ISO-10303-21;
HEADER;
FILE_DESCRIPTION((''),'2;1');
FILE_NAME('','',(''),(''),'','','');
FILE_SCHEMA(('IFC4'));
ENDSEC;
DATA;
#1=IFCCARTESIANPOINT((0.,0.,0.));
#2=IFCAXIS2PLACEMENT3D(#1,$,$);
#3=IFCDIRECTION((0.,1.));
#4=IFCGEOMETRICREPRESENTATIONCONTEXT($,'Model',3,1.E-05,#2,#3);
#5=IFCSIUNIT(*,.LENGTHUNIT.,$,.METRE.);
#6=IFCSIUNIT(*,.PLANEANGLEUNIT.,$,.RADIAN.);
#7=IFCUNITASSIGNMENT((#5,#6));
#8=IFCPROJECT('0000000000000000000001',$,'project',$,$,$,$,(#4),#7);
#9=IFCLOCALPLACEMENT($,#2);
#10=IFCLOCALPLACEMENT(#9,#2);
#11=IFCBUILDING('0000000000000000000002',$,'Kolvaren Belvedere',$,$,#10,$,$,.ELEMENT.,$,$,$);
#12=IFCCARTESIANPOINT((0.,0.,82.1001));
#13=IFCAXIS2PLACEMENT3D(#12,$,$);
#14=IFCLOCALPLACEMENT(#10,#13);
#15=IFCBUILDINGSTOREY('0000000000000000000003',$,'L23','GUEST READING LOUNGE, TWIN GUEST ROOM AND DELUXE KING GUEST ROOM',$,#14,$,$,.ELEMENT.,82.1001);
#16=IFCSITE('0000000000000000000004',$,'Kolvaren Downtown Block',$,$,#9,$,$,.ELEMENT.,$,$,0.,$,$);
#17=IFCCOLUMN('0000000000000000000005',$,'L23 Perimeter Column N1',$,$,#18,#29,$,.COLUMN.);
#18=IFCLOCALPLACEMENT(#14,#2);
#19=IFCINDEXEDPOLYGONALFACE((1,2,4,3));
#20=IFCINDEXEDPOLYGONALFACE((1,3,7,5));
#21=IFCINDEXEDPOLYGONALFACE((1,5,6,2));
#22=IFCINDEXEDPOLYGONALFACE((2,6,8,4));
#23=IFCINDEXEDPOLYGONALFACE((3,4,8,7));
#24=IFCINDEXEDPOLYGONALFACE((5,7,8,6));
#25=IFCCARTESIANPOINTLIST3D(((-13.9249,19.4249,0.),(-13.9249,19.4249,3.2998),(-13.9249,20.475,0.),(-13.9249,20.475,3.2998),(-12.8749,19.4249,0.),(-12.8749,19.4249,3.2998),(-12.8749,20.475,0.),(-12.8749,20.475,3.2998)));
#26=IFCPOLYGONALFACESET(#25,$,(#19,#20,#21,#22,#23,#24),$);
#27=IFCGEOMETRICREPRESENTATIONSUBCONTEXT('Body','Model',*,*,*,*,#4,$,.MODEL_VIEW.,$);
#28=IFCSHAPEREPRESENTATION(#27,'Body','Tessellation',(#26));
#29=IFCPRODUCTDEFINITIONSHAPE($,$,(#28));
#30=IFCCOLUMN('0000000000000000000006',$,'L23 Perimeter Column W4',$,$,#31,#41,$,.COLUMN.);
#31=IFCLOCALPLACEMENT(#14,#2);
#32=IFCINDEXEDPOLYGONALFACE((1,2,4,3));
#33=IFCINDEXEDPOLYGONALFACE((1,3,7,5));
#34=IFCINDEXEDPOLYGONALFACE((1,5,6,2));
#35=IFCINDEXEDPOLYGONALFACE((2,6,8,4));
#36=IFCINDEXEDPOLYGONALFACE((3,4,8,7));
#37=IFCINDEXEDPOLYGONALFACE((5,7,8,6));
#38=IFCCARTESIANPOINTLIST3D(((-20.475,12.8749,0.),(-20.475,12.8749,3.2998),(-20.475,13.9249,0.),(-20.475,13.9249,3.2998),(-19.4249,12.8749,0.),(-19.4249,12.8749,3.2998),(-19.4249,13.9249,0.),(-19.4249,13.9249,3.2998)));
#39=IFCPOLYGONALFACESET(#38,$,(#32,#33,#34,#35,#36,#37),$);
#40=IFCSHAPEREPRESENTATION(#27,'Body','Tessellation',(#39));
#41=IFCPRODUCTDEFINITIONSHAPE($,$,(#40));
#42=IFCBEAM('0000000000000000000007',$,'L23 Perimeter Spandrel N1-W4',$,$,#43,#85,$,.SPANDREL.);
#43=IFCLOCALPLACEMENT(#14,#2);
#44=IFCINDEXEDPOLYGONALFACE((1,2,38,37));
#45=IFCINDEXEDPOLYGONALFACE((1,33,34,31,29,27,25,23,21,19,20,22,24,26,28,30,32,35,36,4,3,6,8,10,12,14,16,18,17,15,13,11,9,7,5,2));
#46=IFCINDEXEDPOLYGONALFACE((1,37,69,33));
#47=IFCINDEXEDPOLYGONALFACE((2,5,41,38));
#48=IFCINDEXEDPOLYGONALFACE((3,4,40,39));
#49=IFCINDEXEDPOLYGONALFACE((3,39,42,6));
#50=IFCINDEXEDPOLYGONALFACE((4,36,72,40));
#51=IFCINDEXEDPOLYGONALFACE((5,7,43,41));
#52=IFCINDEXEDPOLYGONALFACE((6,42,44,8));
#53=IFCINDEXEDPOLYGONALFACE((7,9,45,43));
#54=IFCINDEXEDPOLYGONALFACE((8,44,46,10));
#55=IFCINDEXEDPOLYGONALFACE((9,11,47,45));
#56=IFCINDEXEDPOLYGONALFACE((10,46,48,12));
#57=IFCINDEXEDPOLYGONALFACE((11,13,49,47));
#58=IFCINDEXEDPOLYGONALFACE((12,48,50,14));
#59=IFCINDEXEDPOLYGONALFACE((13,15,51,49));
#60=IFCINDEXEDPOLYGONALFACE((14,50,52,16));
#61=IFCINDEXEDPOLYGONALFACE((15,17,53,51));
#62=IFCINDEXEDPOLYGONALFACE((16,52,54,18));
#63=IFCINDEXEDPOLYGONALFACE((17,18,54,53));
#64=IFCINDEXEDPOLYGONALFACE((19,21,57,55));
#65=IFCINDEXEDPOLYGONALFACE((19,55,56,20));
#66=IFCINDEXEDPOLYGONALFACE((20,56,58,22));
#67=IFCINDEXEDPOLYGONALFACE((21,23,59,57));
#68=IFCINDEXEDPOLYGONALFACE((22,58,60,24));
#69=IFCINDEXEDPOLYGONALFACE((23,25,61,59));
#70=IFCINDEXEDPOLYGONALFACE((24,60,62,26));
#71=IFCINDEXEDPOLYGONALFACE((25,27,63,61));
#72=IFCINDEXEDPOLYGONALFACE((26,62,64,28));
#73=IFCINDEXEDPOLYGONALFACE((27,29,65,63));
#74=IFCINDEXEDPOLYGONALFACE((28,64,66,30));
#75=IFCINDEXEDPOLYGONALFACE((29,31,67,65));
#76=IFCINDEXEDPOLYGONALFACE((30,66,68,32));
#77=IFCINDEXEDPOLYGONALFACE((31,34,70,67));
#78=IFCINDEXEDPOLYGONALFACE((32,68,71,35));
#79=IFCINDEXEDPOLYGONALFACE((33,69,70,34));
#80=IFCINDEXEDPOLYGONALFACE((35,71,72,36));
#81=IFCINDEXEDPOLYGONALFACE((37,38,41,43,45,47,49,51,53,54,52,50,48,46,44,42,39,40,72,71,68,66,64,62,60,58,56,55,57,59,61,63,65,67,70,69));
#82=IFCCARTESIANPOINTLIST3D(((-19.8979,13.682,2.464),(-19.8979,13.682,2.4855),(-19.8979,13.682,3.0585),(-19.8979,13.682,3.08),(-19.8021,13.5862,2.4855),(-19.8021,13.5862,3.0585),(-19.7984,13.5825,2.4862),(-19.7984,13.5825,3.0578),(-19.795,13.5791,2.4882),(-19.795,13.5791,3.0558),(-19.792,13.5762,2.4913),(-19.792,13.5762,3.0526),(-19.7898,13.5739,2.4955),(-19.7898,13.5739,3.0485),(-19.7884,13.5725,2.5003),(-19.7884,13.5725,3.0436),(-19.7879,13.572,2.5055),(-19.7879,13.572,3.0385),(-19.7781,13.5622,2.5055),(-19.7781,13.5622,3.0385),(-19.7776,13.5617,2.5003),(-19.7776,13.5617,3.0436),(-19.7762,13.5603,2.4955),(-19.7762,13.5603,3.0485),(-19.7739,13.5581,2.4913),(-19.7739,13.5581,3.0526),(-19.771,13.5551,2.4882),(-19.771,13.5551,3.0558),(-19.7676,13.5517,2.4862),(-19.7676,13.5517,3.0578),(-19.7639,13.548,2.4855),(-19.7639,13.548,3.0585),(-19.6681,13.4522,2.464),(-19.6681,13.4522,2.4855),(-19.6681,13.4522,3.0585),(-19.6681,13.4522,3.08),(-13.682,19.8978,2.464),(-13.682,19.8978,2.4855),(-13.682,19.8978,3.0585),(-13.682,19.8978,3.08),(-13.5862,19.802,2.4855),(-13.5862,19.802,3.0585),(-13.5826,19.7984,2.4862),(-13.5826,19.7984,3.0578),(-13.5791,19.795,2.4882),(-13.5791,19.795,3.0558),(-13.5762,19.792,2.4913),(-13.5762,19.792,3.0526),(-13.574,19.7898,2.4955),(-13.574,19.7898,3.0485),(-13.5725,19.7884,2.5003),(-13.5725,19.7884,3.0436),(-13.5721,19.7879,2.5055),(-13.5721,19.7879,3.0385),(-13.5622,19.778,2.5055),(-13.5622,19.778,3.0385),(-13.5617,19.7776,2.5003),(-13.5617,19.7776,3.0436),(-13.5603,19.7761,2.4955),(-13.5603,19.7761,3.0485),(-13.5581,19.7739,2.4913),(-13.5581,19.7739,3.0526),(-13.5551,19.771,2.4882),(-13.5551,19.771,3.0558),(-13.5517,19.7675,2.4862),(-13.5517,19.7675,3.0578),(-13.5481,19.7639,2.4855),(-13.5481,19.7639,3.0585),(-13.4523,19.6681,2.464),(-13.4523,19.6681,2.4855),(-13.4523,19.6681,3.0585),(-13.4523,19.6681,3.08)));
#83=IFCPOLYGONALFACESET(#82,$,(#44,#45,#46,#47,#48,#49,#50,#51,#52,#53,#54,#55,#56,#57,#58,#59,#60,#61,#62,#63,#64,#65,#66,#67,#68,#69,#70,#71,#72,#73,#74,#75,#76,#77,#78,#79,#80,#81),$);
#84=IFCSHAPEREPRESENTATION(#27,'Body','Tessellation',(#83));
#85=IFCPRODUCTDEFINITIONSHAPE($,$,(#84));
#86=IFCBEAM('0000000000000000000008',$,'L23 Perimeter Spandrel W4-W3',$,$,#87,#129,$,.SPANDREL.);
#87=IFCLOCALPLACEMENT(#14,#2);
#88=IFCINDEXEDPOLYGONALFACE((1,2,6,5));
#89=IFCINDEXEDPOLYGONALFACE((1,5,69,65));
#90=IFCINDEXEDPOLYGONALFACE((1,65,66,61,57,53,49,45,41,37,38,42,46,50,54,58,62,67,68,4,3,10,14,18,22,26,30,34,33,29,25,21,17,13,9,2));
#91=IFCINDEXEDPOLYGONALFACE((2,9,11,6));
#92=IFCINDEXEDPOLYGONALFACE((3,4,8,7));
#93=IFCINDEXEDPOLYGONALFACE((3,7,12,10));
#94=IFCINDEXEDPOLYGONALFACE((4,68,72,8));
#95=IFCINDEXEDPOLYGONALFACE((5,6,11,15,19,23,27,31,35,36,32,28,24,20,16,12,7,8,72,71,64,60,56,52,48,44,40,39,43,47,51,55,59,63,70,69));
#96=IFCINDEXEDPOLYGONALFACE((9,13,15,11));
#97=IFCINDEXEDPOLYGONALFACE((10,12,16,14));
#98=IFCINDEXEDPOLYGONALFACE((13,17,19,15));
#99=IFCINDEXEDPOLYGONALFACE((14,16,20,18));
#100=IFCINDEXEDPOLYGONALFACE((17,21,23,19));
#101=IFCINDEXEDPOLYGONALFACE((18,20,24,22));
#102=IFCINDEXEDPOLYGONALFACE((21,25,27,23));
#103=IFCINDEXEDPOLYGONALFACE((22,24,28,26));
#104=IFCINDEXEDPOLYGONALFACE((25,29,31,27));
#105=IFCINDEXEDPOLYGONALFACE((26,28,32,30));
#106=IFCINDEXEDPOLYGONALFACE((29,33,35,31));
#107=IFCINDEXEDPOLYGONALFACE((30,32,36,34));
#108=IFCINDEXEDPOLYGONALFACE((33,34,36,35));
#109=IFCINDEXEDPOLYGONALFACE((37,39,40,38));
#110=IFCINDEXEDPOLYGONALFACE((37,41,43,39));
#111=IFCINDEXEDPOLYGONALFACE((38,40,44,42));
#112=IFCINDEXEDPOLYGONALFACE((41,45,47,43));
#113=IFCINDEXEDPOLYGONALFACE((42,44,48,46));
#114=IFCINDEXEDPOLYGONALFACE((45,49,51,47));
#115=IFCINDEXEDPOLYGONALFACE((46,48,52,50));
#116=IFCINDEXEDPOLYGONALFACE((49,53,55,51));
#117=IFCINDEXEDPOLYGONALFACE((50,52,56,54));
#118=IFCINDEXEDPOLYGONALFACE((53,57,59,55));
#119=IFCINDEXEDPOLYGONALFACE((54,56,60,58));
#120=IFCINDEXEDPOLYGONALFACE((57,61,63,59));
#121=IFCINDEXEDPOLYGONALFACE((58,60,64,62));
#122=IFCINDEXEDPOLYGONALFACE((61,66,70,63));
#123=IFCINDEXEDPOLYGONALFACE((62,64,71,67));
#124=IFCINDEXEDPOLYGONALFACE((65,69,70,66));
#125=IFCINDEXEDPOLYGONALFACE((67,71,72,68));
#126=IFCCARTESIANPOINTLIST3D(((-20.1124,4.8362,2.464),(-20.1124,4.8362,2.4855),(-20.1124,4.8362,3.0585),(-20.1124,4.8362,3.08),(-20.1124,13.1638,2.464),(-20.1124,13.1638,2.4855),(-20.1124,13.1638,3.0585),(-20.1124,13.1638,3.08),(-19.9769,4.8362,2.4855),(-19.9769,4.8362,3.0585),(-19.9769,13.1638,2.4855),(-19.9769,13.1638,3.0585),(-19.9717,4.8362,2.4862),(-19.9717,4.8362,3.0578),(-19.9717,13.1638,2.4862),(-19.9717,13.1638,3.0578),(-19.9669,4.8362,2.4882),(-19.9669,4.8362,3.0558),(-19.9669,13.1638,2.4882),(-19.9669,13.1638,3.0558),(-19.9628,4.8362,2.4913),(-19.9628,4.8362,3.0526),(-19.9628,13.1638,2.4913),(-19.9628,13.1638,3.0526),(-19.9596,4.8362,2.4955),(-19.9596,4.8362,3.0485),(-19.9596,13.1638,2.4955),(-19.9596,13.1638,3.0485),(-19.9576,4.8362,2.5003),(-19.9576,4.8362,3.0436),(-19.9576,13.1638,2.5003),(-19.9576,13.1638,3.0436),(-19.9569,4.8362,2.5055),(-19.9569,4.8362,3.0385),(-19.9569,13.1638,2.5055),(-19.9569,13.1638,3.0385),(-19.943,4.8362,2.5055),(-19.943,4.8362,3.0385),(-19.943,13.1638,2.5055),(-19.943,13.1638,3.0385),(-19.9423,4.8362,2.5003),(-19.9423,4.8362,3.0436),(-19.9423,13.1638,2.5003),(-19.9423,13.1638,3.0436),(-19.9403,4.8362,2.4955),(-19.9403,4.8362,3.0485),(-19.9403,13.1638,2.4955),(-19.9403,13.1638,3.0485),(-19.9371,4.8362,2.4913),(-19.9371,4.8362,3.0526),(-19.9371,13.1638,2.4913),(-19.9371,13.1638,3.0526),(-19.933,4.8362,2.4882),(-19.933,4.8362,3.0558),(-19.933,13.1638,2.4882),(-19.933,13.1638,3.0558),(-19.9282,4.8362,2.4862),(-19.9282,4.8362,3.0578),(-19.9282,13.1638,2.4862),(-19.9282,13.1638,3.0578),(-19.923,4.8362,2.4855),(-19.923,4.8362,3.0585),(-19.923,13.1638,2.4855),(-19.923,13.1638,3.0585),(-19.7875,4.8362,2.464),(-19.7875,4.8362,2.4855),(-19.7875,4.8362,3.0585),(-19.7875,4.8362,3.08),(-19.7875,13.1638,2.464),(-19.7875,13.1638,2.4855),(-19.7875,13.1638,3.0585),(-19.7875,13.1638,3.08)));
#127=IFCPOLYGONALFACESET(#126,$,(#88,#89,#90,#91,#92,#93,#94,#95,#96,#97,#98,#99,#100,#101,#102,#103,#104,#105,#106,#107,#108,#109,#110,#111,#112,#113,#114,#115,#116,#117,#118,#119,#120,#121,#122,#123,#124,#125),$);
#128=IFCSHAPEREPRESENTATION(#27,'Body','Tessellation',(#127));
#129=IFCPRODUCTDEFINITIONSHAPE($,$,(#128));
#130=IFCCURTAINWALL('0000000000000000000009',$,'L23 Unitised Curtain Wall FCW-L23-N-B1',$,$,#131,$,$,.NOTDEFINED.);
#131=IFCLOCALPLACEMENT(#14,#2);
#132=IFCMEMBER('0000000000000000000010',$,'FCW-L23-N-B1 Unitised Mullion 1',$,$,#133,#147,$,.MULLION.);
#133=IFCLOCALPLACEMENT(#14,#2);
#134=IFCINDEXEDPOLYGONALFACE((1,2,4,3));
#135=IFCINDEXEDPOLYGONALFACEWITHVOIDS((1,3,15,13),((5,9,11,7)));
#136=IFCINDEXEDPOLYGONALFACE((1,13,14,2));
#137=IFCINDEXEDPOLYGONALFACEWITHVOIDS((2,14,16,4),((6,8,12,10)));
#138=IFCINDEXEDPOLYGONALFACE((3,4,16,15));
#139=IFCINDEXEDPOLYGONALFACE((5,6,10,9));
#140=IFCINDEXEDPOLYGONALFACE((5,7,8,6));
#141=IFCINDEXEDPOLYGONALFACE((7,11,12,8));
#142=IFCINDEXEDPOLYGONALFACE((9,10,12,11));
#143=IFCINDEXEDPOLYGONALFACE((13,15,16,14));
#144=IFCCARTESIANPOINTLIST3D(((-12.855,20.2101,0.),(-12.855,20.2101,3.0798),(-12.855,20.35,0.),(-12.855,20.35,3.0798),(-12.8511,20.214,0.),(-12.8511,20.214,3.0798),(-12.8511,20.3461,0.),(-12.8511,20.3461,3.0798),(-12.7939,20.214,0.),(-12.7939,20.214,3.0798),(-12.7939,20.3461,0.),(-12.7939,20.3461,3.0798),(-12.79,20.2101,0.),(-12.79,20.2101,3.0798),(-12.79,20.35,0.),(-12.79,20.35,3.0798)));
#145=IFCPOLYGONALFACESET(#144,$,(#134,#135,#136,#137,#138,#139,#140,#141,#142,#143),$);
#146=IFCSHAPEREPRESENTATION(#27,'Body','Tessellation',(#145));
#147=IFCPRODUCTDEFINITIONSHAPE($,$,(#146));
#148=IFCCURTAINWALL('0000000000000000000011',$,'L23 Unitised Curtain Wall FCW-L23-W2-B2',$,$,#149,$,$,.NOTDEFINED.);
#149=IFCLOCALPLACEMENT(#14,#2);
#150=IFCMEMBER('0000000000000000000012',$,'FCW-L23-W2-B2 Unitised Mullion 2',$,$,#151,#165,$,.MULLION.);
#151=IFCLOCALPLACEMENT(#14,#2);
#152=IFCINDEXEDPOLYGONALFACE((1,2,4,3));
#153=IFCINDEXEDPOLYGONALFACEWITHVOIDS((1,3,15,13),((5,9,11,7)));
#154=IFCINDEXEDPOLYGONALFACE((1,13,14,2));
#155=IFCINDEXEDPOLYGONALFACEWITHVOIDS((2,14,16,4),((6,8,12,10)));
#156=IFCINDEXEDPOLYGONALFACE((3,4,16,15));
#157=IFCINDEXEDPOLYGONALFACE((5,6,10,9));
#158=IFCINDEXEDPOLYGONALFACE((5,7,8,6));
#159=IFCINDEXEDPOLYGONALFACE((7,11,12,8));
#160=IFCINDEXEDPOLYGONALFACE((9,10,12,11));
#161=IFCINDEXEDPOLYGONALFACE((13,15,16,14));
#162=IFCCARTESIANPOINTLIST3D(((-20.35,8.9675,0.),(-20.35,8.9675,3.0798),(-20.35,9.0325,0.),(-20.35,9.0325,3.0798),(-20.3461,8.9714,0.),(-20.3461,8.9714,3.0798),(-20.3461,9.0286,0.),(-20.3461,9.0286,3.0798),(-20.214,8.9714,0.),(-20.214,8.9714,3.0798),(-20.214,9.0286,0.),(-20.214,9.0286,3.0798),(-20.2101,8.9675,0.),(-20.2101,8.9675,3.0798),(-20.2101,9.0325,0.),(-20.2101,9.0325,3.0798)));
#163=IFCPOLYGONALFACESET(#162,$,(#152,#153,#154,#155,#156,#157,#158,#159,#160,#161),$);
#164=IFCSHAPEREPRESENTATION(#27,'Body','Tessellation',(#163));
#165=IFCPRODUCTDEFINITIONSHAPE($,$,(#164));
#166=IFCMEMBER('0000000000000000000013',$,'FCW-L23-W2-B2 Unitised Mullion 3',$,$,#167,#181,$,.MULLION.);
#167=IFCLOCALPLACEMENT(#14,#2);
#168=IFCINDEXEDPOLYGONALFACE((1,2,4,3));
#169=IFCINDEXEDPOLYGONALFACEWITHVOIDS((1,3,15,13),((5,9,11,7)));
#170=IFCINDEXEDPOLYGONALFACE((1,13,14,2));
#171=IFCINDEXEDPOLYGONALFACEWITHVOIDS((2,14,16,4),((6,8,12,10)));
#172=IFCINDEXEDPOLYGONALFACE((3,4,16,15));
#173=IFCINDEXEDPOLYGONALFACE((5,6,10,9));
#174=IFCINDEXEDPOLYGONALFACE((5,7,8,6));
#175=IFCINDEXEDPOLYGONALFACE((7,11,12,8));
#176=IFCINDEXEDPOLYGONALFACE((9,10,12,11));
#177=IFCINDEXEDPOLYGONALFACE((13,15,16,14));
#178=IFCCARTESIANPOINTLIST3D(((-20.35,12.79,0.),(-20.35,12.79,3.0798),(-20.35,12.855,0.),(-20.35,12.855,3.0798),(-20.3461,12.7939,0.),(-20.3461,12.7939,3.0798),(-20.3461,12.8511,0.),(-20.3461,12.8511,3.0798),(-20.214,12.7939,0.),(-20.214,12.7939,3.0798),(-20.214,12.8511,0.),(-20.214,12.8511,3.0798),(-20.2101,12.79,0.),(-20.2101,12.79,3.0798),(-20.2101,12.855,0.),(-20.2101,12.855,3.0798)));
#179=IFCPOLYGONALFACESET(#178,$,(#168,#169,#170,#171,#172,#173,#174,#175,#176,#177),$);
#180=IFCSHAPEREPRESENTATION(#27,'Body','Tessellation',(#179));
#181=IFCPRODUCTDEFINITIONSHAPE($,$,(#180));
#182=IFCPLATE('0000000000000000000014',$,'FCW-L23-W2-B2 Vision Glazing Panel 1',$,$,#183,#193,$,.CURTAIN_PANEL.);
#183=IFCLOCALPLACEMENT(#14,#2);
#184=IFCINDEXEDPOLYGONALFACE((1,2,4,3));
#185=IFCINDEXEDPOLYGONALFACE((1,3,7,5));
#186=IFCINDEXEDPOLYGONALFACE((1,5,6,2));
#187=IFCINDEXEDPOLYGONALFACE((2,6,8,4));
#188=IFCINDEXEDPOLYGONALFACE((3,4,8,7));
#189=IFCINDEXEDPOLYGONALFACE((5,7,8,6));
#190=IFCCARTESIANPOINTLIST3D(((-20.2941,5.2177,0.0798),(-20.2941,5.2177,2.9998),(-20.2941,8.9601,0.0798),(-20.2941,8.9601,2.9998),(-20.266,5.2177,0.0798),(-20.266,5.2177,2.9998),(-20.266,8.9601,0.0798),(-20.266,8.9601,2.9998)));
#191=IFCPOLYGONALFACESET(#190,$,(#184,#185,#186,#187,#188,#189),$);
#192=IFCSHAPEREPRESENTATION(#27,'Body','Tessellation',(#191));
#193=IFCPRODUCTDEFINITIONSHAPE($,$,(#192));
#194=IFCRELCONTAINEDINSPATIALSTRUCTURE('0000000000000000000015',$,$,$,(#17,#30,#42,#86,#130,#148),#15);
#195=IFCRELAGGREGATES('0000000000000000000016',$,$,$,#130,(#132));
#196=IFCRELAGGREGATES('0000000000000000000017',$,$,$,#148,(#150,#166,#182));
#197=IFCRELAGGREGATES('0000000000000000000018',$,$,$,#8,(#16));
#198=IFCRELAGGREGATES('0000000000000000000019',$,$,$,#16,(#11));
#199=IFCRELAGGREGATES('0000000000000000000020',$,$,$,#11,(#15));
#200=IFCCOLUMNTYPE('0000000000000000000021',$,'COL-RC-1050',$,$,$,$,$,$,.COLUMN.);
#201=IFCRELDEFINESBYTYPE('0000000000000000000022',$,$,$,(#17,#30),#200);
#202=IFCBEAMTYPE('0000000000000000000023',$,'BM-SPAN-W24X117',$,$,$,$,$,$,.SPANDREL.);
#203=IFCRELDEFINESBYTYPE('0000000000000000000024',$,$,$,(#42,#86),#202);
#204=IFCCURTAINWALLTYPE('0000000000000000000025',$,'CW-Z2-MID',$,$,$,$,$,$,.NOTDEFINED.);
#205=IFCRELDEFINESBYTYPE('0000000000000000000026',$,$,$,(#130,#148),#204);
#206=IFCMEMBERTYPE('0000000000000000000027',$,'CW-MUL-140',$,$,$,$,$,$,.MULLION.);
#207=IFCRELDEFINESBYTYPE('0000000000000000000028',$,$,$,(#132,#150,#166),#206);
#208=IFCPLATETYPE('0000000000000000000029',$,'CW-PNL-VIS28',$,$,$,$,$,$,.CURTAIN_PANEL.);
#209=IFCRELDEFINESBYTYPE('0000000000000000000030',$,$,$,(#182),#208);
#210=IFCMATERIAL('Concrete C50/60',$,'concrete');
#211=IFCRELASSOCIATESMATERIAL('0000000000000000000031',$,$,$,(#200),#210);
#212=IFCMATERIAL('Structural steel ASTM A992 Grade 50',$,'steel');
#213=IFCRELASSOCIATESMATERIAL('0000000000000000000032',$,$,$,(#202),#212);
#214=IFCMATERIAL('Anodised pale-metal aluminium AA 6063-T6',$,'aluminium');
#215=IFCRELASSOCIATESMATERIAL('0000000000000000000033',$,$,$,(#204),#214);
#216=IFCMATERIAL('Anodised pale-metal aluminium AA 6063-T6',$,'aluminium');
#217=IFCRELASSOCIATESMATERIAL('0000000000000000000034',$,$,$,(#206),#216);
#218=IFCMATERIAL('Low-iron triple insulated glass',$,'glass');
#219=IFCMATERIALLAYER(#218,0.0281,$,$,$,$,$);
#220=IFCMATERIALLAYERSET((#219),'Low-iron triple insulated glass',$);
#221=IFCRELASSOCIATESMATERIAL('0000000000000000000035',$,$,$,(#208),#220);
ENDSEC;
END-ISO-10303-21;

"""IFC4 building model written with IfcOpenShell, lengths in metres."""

from ifc_helpers import new_model, si_unit, direction, frame, origin, origin_2d, place, context, subcontext, project, spatial, rectangle, hollow_rectangle, i_section, extrude, material, layer, layer_set, material_profile, profile_set, type_object, element, aggregate, save


model = new_model("IFC4")

# Units and contexts
model_context = context("Model", 3, precision=1e-05, world=origin(), true_north=direction((0.0, 1.0)))
body_context = subcontext(model_context, "Body", "Model", "MODEL_VIEW")
ifc_project = project(units=[si_unit("LENGTHUNIT", "METRE"), si_unit("PLANEANGLEUNIT", "RADIAN")], contexts=[model_context])

# Site, building, storey
site_placement = place(None, origin())
site = spatial("IfcSite", under=ifc_project, at=site_placement, Name="Kolvaren Downtown Block", CompositionType="ELEMENT", RefElevation=0.0)
building_placement = place(site_placement, origin())
building = spatial("IfcBuilding", under=site, at=building_placement, Name="Kolvaren Belvedere", CompositionType="ELEMENT")
storey_placement = place(building_placement, frame((0.0, 0.0, 82.1001)))
storey = spatial("IfcBuildingStorey", under=building, at=storey_placement, Name="L23", Description="GUEST READING LOUNGE, TWIN GUEST ROOM AND DELUXE KING GUEST ROOM", CompositionType="ELEMENT", Elevation=82.1001)

# Columns
ifc_material_1 = material(Name="Concrete C50/60", Category="concrete")
ifc_material_profile_1 = material_profile(ifc_material_1, rectangle(XDim=1.05, YDim=1.05, at=origin_2d()), Name="RC 1050X1050")
ifc_profile_set_1 = profile_set([ifc_material_profile_1], Name="Concrete C50/60")
column_type = type_object("IfcColumnType", Name="COL-RC-1050", PredefinedType="COLUMN", material=ifc_profile_set_1)
for number, where, z_axis, x_axis, name in (
    (1, (-13.3999, 19.95, 0.0), (0.0, 0.0, 1.0), (1.0, 0.0, 0.0), "L23 Perimeter Column N1"),
    (2, (-19.95, 13.3999, 0.0), (0.0, 0.0, 1.0), (1.0, 0.0, 0.0), "L23 Perimeter Column W4"),
):
    element("IfcColumn", number, at=place(storey_placement, frame(where, z_axis=z_axis, x_axis=x_axis)), inside=storey, type_object=column_type, Name=name, PredefinedType="COLUMN", context=body_context, shape_type="SweptSolid", body=[
        extrude(rectangle(XDim=1.05, YDim=1.05, at=origin_2d()), origin(), (0.0, 0.0, 1.0), 3.2998),
    ])

# Beams
ifc_material_2 = material(Name="Structural steel ASTM A992 Grade 50", Category="steel")
ifc_material_profile_2 = material_profile(ifc_material_2, i_section(OverallWidth=0.325, OverallDepth=0.616, WebThickness=0.0139, FlangeThickness=0.0215, FilletRadius=0.02, at=origin_2d()), Name="W24X117")
ifc_profile_set_2 = profile_set([ifc_material_profile_2], Name="Structural steel ASTM A992 Grade 50")
beam_type = type_object("IfcBeamType", Name="BM-SPAN-W24X117", PredefinedType="SPANDREL", material=ifc_profile_set_2)
beam_1_placement = place(storey_placement, frame((-13.5671, 19.783, 2.772), z_axis=(-0.707107, -0.707107, 0.0), x_axis=(0.707107, -0.707107, 0.0)))
element("IfcBeam", 3, at=beam_1_placement, inside=storey, type_object=beam_type, Name="L23 Perimeter Spandrel N1-W4", PredefinedType="SPANDREL", context=body_context, shape_type="SweptSolid", body=[
    extrude(i_section(OverallWidth=0.325, OverallDepth=0.616, WebThickness=0.0139, FlangeThickness=0.0215, FilletRadius=0.02, at=origin_2d()), origin(), (0.0, 0.0, 1.0), 8.7905),
])
beam_2_placement = place(storey_placement, frame((-19.95, 13.1638, 2.772), z_axis=(0.0, -1.0, 0.0), x_axis=(1.0, 0.0, 0.0)))
element("IfcBeam", 4, at=beam_2_placement, inside=storey, type_object=beam_type, Name="L23 Perimeter Spandrel W4-W3", PredefinedType="SPANDREL", context=body_context, shape_type="SweptSolid", body=[
    extrude(i_section(OverallWidth=0.325, OverallDepth=0.616, WebThickness=0.0139, FlangeThickness=0.0215, FilletRadius=0.02, at=origin_2d()), origin(), (0.0, 0.0, 1.0), 8.3276),
])

# Curtain wall, member
ifc_material_3 = material(Name="Anodised pale-metal aluminium AA 6063-T6", Category="aluminium")
curtain_wall_type = type_object("IfcCurtainWallType", Name="CW-Z2-MID", PredefinedType="NOTDEFINED", material=ifc_material_3)
curtain_wall_1_placement = place(storey_placement, origin())
curtain_wall_1 = element("IfcCurtainWall", 5, at=curtain_wall_1_placement, inside=storey, type_object=curtain_wall_type, Name="L23 Unitised Curtain Wall FCW-L23-N-B1", PredefinedType="NOTDEFINED")
ifc_material_4 = material(Name="Anodised pale-metal aluminium AA 6063-T6", Category="aluminium")
ifc_material_profile_3 = material_profile(ifc_material_4, hollow_rectangle(XDim=0.0649, YDim=0.1399, WallThickness=0.0039, at=origin_2d()), Name="ALU-MUL-140X65")
ifc_profile_set_3 = profile_set([ifc_material_profile_3], Name="Anodised pale-metal aluminium AA 6063-T6")
member_type = type_object("IfcMemberType", Name="CW-MUL-140", PredefinedType="MULLION", material=ifc_profile_set_3)
member_1_placement = place(storey_placement, frame((-12.8225, 20.28, 0.0), z_axis=(0.0, 0.0, 1.0), x_axis=(1.0, 0.0, 0.0)))
member_1 = element("IfcMember", 6, at=member_1_placement, type_object=member_type, Name="FCW-L23-N-B1 Unitised Mullion 1", PredefinedType="MULLION", context=body_context, shape_type="SweptSolid", body=[
    extrude(hollow_rectangle(XDim=0.0649, YDim=0.1399, WallThickness=0.0039, at=origin_2d()), origin(), (0.0, 0.0, 1.0), 3.0798),
])
aggregate(curtain_wall_1, [member_1])

# Curtain wall, members, plate
curtain_wall_2_placement = place(storey_placement, origin())
curtain_wall_2 = element("IfcCurtainWall", 7, at=curtain_wall_2_placement, inside=storey, type_object=curtain_wall_type, Name="L23 Unitised Curtain Wall FCW-L23-W2-B2", PredefinedType="NOTDEFINED")
member_2_placement = place(storey_placement, frame((-20.28, 9.0, 0.0), z_axis=(0.0, 0.0, 1.0), x_axis=(0.0, 1.0, 0.0)))
member_2 = element("IfcMember", 8, at=member_2_placement, type_object=member_type, Name="FCW-L23-W2-B2 Unitised Mullion 2", PredefinedType="MULLION", context=body_context, shape_type="SweptSolid", body=[
    extrude(hollow_rectangle(XDim=0.0649, YDim=0.1399, WallThickness=0.0039, at=origin_2d()), origin(), (0.0, 0.0, 1.0), 3.0798),
])
member_3_placement = place(storey_placement, frame((-20.28, 12.8225, 0.0), z_axis=(0.0, 0.0, 1.0), x_axis=(0.0, 1.0, 0.0)))
member_3 = element("IfcMember", 9, at=member_3_placement, type_object=member_type, Name="FCW-L23-W2-B2 Unitised Mullion 3", PredefinedType="MULLION", context=body_context, shape_type="SweptSolid", body=[
    extrude(hollow_rectangle(XDim=0.0649, YDim=0.1399, WallThickness=0.0039, at=origin_2d()), origin(), (0.0, 0.0, 1.0), 3.0798),
])
ifc_material_5 = material(Name="Low-iron triple insulated glass", Category="glass")
ifc_layer_1 = layer(ifc_material_5, 0.0281)
ifc_layer_set_1 = layer_set([ifc_layer_1], Name="Low-iron triple insulated glass")
plate_type_1 = type_object("IfcPlateType", Name="CW-PNL-VIS28", PredefinedType="CURTAIN_PANEL", material=ifc_layer_set_1)
plate_1_placement = place(storey_placement, frame((-20.28, 7.0889, 0.0798), z_axis=(0.0, 0.0, 1.0), x_axis=(0.0, 1.0, 0.0)))
plate_1 = element("IfcPlate", 10, at=plate_1_placement, type_object=plate_type_1, Name="FCW-L23-W2-B2 Vision Glazing Panel 1", PredefinedType="CURTAIN_PANEL", context=body_context, shape_type="SweptSolid", body=[
    extrude(rectangle(XDim=3.7424, YDim=0.0281, at=origin_2d()), origin(), (0.0, 0.0, 1.0), 2.9199),
])
aggregate(curtain_wall_2, [member_2, member_3, plate_1])

save(model, "model.ifc")
